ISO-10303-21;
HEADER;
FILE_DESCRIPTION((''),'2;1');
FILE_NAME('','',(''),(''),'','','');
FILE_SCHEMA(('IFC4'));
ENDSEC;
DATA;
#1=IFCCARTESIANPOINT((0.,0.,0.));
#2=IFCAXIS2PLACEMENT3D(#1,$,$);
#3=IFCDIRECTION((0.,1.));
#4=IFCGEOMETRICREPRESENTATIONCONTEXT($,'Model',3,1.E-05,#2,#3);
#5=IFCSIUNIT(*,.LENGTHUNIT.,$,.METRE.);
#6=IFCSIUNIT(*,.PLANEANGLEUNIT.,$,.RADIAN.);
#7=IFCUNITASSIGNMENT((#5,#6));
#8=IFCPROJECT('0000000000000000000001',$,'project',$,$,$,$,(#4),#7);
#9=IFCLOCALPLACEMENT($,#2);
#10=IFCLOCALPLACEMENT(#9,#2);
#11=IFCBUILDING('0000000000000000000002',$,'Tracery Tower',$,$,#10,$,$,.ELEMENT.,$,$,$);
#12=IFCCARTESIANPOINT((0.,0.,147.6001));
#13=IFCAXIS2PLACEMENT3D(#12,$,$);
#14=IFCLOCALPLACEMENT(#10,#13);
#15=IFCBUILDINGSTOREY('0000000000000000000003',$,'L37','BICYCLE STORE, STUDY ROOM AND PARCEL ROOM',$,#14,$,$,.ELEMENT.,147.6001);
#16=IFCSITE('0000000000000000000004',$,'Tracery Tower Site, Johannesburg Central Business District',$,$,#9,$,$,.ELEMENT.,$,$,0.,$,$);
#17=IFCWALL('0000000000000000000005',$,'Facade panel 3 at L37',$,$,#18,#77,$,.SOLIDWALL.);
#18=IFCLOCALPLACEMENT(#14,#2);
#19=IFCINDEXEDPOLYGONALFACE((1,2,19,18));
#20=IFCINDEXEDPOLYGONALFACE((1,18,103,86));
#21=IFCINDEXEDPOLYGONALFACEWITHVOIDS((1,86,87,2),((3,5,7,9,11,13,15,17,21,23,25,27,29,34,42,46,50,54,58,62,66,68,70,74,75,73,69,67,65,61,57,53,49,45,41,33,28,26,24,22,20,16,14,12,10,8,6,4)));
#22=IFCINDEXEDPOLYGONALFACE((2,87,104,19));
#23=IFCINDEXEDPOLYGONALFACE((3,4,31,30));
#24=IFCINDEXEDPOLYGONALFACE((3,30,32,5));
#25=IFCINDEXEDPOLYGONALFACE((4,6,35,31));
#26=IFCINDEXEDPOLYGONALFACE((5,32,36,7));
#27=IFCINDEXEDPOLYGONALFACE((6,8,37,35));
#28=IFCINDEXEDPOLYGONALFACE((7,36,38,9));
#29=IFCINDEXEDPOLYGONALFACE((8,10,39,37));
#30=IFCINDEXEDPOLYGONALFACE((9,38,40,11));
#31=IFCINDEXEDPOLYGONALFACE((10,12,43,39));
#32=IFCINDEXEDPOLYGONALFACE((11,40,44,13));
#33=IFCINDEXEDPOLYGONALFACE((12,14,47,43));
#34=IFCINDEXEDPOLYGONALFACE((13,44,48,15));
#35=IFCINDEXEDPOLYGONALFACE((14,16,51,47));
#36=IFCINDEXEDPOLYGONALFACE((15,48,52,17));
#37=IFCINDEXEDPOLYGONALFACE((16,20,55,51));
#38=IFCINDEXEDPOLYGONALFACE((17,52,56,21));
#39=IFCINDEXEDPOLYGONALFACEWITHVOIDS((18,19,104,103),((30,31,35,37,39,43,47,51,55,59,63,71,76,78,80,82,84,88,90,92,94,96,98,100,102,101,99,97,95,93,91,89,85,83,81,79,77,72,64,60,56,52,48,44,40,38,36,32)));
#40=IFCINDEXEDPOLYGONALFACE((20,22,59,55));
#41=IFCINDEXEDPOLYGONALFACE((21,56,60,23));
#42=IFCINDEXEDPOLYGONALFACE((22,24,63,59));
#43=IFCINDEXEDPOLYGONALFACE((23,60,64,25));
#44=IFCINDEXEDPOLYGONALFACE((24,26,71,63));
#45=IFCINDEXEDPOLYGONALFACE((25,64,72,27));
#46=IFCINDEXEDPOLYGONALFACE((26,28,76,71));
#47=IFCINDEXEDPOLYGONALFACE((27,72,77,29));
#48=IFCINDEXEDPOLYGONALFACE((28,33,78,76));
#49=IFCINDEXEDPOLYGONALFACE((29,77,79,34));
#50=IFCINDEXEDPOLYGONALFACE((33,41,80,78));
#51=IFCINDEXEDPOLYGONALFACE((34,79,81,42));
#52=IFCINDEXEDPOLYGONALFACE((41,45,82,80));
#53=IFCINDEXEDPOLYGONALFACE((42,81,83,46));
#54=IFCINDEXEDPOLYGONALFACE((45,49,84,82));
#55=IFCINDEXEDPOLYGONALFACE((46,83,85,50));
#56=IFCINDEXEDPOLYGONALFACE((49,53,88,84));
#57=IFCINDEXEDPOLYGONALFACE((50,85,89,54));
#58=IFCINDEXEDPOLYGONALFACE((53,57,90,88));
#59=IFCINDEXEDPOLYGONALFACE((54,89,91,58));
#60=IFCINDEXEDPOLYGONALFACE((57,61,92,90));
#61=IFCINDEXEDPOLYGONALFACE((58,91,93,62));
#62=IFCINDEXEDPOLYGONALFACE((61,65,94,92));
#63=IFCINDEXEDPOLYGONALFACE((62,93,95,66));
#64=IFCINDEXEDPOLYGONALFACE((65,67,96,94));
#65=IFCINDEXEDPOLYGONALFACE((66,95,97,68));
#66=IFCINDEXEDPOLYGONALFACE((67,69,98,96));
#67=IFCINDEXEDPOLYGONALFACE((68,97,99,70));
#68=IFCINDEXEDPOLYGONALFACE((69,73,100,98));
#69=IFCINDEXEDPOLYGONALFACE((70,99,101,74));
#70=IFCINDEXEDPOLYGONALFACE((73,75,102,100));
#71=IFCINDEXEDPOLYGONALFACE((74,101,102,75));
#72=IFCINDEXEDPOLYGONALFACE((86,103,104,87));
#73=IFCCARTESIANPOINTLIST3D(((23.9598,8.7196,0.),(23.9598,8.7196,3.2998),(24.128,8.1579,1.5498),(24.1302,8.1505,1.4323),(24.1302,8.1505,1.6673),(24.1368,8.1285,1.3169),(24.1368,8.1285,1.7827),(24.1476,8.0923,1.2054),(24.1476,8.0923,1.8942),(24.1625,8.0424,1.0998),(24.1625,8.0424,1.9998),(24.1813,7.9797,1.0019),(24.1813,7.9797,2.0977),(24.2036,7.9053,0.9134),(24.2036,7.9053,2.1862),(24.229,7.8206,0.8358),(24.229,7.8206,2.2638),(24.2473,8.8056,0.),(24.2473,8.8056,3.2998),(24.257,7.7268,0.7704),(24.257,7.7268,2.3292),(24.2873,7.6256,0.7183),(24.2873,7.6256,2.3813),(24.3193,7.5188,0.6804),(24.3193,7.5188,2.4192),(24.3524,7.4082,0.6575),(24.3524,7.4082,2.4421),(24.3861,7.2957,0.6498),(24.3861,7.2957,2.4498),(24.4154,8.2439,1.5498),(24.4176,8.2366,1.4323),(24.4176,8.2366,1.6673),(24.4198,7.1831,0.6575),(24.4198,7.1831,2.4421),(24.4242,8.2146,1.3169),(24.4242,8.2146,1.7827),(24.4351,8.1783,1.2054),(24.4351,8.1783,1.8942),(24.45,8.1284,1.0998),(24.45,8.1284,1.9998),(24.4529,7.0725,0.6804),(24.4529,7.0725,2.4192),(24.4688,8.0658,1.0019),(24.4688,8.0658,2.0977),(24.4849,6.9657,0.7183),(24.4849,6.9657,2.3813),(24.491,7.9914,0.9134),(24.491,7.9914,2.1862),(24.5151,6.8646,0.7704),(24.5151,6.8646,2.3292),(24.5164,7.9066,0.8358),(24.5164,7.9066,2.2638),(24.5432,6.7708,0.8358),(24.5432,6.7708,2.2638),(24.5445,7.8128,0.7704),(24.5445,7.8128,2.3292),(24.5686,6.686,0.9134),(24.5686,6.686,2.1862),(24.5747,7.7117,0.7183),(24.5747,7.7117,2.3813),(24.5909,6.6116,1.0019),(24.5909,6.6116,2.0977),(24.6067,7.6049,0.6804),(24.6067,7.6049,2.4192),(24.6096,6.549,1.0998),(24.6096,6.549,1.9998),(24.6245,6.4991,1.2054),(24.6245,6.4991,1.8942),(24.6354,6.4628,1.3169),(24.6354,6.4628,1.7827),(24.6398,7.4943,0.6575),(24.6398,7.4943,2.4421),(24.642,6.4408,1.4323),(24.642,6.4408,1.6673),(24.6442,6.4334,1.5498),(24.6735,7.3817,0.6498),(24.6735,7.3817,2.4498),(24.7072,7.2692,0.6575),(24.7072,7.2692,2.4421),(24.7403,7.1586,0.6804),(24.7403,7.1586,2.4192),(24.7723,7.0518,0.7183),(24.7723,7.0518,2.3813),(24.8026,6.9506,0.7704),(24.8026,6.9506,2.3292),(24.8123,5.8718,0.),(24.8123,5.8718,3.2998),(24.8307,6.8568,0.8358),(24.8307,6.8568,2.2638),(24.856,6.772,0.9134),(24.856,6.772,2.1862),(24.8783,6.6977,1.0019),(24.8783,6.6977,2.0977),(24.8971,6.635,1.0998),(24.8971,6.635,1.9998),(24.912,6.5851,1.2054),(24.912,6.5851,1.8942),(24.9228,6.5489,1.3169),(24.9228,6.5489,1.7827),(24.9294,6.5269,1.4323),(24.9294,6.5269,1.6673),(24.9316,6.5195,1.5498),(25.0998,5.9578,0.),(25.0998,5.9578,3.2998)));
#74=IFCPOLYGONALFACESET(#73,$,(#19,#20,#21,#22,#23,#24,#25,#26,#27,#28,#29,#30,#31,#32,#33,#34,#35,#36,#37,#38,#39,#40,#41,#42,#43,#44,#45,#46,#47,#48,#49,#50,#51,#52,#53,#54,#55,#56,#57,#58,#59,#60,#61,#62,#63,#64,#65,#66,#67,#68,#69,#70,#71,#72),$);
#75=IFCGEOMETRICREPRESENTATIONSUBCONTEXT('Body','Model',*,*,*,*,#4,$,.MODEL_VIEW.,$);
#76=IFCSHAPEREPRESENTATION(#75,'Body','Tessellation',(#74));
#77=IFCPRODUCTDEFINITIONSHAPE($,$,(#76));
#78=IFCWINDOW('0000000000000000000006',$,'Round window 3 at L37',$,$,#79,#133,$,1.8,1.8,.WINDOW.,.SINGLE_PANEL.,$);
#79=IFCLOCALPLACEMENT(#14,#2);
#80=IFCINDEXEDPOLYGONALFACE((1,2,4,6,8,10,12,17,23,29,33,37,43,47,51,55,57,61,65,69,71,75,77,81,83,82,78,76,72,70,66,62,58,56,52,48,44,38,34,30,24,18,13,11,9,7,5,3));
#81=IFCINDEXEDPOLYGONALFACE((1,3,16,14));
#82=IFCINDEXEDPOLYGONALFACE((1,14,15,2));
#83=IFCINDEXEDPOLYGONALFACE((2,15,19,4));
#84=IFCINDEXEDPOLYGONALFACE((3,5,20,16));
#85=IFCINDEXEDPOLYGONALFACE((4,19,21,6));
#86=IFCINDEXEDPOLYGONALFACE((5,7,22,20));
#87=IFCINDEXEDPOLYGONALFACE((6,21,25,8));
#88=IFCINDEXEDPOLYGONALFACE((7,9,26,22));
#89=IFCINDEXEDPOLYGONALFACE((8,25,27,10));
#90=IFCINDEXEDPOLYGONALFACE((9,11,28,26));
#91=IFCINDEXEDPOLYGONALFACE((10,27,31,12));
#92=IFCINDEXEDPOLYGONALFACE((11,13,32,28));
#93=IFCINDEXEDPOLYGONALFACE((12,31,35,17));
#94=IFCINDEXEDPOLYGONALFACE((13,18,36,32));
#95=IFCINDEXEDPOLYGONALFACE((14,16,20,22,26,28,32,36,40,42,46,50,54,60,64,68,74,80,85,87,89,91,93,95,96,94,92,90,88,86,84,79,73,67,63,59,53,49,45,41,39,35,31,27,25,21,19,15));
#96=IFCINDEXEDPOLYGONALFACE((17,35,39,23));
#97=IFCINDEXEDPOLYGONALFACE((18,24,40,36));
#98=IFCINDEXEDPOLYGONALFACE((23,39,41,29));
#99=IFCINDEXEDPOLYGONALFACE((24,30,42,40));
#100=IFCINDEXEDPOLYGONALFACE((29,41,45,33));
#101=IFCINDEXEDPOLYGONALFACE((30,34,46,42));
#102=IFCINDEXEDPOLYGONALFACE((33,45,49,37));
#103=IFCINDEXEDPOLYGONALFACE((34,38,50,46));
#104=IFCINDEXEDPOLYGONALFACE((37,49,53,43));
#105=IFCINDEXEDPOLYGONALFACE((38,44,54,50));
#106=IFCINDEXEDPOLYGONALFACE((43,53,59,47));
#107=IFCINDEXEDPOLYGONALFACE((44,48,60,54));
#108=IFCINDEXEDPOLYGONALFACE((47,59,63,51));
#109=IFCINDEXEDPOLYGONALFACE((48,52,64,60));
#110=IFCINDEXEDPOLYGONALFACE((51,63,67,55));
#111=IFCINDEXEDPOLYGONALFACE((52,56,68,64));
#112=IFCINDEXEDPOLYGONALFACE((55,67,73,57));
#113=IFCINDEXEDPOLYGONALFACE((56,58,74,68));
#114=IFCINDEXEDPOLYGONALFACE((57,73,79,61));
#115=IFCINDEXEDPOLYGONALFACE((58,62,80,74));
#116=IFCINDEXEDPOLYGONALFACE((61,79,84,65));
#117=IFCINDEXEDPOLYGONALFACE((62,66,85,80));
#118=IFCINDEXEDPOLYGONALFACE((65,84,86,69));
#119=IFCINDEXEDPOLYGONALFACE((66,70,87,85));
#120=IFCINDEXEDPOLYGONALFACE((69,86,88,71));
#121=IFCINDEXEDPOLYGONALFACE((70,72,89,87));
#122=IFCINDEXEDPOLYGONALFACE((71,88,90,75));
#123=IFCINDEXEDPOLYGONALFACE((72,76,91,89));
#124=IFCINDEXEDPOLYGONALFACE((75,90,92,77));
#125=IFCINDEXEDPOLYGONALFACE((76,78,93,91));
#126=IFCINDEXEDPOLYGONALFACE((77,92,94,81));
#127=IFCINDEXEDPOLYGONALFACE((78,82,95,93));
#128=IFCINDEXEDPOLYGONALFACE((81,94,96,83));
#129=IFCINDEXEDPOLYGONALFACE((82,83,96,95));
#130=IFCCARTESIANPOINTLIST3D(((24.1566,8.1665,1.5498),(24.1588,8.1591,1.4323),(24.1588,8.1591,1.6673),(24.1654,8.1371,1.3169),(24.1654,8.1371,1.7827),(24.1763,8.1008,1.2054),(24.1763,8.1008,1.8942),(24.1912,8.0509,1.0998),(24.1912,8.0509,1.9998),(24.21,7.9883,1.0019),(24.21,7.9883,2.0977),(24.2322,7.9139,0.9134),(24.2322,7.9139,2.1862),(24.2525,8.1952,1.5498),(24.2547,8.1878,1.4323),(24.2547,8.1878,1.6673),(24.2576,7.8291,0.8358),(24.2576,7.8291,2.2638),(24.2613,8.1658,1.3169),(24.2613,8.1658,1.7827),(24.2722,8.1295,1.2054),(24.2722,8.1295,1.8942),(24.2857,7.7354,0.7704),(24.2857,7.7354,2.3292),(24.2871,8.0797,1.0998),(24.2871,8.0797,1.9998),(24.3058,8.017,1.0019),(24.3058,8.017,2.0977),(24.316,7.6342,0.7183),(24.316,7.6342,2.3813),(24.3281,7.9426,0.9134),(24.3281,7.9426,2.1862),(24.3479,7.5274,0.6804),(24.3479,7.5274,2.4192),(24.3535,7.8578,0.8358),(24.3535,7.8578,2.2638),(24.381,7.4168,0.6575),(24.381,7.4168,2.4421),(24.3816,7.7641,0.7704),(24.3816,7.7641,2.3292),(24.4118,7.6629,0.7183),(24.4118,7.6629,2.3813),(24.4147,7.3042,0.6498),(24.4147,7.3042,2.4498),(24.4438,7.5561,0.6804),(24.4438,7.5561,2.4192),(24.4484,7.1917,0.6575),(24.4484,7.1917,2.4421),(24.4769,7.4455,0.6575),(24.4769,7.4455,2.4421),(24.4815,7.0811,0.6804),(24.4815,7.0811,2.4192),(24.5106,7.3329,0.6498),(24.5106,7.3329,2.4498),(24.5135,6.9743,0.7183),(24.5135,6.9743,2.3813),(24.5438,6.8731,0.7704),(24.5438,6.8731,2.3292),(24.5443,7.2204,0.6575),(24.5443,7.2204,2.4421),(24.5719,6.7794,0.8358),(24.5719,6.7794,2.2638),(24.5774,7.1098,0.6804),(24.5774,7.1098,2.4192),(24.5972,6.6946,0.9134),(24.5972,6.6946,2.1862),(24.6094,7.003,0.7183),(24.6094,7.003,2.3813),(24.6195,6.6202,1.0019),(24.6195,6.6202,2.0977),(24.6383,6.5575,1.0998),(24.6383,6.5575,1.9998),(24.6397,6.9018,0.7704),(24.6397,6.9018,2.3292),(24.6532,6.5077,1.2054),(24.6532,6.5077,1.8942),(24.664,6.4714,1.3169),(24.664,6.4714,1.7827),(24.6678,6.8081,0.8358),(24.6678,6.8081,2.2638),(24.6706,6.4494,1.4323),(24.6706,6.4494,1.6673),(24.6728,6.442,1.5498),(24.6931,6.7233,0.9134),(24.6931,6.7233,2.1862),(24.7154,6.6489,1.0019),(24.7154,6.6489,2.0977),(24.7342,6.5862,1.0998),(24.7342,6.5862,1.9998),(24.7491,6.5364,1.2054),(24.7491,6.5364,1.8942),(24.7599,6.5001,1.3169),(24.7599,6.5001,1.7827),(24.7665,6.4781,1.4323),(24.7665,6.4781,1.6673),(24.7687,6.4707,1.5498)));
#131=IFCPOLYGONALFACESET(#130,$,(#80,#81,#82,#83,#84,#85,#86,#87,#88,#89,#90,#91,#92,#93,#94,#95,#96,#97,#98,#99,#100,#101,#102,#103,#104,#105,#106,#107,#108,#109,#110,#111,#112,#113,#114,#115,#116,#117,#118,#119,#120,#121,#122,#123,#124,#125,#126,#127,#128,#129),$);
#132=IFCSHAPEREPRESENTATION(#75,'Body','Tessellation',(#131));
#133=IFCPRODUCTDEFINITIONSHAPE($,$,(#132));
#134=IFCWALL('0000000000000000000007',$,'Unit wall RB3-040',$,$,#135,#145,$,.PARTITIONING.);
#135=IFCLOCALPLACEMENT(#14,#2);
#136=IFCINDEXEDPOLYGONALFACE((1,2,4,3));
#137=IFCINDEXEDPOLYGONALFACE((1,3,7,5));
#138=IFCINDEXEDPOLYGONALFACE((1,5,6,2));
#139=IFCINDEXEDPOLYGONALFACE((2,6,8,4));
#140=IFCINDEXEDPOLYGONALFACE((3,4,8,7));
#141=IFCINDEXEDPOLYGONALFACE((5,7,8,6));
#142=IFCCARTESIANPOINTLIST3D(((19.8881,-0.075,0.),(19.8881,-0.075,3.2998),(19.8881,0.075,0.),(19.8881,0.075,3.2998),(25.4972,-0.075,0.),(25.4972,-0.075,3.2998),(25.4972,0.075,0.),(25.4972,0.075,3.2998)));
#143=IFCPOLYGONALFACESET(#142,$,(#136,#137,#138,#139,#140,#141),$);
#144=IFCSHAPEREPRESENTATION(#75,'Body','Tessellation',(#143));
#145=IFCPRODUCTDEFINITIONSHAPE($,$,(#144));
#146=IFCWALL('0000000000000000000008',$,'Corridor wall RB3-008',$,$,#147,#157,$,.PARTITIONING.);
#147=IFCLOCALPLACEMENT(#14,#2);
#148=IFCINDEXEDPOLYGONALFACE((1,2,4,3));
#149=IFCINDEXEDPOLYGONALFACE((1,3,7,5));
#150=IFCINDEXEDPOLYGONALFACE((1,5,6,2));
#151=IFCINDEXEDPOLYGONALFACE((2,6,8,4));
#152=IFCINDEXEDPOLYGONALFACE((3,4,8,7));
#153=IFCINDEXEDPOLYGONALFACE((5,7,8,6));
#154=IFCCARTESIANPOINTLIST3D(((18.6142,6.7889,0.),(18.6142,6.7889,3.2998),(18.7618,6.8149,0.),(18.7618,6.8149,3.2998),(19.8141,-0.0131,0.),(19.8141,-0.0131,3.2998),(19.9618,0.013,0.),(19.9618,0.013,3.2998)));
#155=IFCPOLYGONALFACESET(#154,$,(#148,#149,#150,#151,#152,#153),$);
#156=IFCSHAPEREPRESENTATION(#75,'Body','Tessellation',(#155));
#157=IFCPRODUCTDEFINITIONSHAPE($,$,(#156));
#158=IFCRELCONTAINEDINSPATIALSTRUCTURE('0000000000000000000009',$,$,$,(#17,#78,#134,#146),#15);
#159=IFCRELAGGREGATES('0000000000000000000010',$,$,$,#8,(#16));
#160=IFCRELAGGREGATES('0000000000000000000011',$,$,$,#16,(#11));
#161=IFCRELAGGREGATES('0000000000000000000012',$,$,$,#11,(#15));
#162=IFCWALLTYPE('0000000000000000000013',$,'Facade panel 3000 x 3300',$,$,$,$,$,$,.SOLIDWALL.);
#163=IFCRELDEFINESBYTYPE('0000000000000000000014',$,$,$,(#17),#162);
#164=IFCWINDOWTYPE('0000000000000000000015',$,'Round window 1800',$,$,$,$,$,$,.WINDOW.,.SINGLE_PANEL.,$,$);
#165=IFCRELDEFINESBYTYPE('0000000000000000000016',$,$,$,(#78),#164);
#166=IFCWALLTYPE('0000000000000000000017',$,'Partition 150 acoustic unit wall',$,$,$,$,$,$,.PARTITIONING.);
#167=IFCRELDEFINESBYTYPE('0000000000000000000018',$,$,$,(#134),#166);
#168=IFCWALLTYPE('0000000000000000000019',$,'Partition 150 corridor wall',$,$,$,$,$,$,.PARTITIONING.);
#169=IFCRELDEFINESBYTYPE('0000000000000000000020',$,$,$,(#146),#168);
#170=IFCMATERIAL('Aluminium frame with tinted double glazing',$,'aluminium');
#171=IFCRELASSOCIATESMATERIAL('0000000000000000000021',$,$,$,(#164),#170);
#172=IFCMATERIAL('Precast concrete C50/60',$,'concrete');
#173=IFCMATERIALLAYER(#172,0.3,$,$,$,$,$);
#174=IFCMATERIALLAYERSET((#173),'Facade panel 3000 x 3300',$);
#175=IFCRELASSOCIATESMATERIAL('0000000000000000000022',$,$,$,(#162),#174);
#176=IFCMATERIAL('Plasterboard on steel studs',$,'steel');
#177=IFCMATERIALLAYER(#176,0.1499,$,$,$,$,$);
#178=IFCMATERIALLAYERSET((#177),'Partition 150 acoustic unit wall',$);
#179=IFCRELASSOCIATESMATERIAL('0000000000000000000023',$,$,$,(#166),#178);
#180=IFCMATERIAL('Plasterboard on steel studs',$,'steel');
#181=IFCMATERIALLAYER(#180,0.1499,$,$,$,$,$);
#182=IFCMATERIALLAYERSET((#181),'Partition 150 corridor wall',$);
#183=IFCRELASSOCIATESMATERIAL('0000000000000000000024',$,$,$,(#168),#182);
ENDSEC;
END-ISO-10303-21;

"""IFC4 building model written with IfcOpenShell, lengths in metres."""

from ifc_helpers import new_model, si_unit, direction, frame, frame_2d, origin, origin_2d, place, context, subcontext, project, spatial, rectangle, circle, extrude, material, layer, layer_set, type_object, element, fill, save


model = new_model("IFC4")

# Units and contexts
model_context = context("Model", 3, precision=1e-05, world=origin(), true_north=direction((0.0, 1.0)))
body_context = subcontext(model_context, "Body", "Model", "MODEL_VIEW")
ifc_project = project(units=[si_unit("LENGTHUNIT", "METRE"), si_unit("PLANEANGLEUNIT", "RADIAN")], contexts=[model_context])

# Site, building, storey
site_placement = place(None, origin())
site = spatial("IfcSite", under=ifc_project, at=site_placement, Name="Tracery Tower Site, Johannesburg Central Business District", CompositionType="ELEMENT", RefElevation=0.0)
building_placement = place(site_placement, origin())
building = spatial("IfcBuilding", under=site, at=building_placement, Name="Tracery Tower", CompositionType="ELEMENT")
storey_placement = place(building_placement, frame((0.0, 0.0, 147.6001)))
storey = spatial("IfcBuildingStorey", under=building, at=storey_placement, Name="L37", Description="BICYCLE STORE, STUDY ROOM AND PARCEL ROOM", CompositionType="ELEMENT", Elevation=147.6001)

# Wall, opening, window
ifc_material_1 = material(Name="Aluminium frame with tinted double glazing", Category="aluminium")
window_type = type_object("IfcWindowType", Name="Round window 1800", PartitioningType="SINGLE_PANEL", PredefinedType="WINDOW", material=ifc_material_1)
ifc_material_2 = material(Name="Precast concrete C50/60", Category="concrete")
ifc_layer_1 = layer(ifc_material_2, 0.3)
ifc_layer_set_1 = layer_set([ifc_layer_1], Name="Facade panel 3000 x 3300")
wall_type_1 = type_object("IfcWallType", Name="Facade panel 3000 x 3300", PredefinedType="SOLIDWALL", material=ifc_layer_set_1)
wall_1_placement = place(storey_placement, frame((24.9561, 5.9148, 0.0), z_axis=(0.0, 0.0, 1.0), x_axis=(-0.286783, 0.957996, 0.0)))
wall_1 = element("IfcWall", 1, at=wall_1_placement, inside=storey, type_object=wall_type_1, Name="Facade panel 3 at L37", PredefinedType="SOLIDWALL", context=body_context, shape_type="SweptSolid", body=[
    extrude(rectangle(XDim=2.9727, YDim=0.3, at=frame_2d((1.4863, 0.0))), origin(), (0.0, 0.0, 1.0), 3.2998),
])
opening_1_placement = place(wall_1_placement, frame((1.4863, 0.0, 1.5498)))
opening_1 = element("IfcOpeningElement", 2, at=opening_1_placement, cuts=wall_1, PredefinedType="OPENING", context=body_context, shape_type="SweptSolid", body=[
    extrude(circle(Radius=0.9, at=origin_2d()), frame((0.0, 0.1599, 0.0), z_axis=(0.0, -1.0, 0.0), x_axis=(1.0, 0.0, 0.0)), (0.0, 0.0, 1.0), 0.3201),
])
window_1_placement = place(opening_1_placement, origin())
window_1 = element("IfcWindow", 3, at=window_1_placement, inside=storey, type_object=window_type, Name="Round window 3 at L37", OverallHeight=1.8, OverallWidth=1.8, PartitioningType="SINGLE_PANEL", PredefinedType="WINDOW", context=body_context, shape_type="SweptSolid", body=[
    extrude(circle(Radius=0.9, at=origin_2d()), frame((0.0, 0.1201, 0.0), z_axis=(0.0, -1.0, 0.0), x_axis=(1.0, 0.0, 0.0)), (0.0, 0.0, 1.0), 0.1001),
])
fill(opening_1, window_1)

# Walls
ifc_material_3 = material(Name="Plasterboard on steel studs", Category="steel")
ifc_layer_2 = layer(ifc_material_3, 0.1499)
ifc_layer_set_2 = layer_set([ifc_layer_2], Name="Partition 150 acoustic unit wall")
wall_type_2 = type_object("IfcWallType", Name="Partition 150 acoustic unit wall", PredefinedType="PARTITIONING", material=ifc_layer_set_2)
wall_2_placement = place(storey_placement, frame((19.8879, 0.0, 0.0), z_axis=(0.0, 0.0, 1.0), x_axis=(1.0, 0.0, 0.0)))
element("IfcWall", 4, at=wall_2_placement, inside=storey, type_object=wall_type_2, Name="Unit wall RB3-040", PredefinedType="PARTITIONING", context=body_context, shape_type="SweptSolid", body=[
    extrude(rectangle(XDim=5.6091, YDim=0.1499, at=frame_2d((2.8047, 0.0))), origin(), (0.0, 0.0, 1.0), 3.2998),
])
ifc_material_4 = material(Name="Plasterboard on steel studs", Category="steel")
ifc_layer_3 = layer(ifc_material_4, 0.1499)
ifc_layer_set_3 = layer_set([ifc_layer_3], Name="Partition 150 corridor wall")
wall_type_3 = type_object("IfcWallType", Name="Partition 150 corridor wall", PredefinedType="PARTITIONING", material=ifc_layer_set_3)
wall_3_placement = place(storey_placement, frame((18.688, 6.802, 0.0), z_axis=(0.0, 0.0, 1.0), x_axis=(0.173729, -0.984794, 0.0)))
element("IfcWall", 5, at=wall_3_placement, inside=storey, type_object=wall_type_3, Name="Corridor wall RB3-008", PredefinedType="PARTITIONING", context=body_context, shape_type="SweptSolid", body=[
    extrude(rectangle(XDim=6.907, YDim=0.1499, at=frame_2d((3.4536, 0.0))), origin(), (0.0, 0.0, 1.0), 3.2998),
])

save(model, "model.ifc")
